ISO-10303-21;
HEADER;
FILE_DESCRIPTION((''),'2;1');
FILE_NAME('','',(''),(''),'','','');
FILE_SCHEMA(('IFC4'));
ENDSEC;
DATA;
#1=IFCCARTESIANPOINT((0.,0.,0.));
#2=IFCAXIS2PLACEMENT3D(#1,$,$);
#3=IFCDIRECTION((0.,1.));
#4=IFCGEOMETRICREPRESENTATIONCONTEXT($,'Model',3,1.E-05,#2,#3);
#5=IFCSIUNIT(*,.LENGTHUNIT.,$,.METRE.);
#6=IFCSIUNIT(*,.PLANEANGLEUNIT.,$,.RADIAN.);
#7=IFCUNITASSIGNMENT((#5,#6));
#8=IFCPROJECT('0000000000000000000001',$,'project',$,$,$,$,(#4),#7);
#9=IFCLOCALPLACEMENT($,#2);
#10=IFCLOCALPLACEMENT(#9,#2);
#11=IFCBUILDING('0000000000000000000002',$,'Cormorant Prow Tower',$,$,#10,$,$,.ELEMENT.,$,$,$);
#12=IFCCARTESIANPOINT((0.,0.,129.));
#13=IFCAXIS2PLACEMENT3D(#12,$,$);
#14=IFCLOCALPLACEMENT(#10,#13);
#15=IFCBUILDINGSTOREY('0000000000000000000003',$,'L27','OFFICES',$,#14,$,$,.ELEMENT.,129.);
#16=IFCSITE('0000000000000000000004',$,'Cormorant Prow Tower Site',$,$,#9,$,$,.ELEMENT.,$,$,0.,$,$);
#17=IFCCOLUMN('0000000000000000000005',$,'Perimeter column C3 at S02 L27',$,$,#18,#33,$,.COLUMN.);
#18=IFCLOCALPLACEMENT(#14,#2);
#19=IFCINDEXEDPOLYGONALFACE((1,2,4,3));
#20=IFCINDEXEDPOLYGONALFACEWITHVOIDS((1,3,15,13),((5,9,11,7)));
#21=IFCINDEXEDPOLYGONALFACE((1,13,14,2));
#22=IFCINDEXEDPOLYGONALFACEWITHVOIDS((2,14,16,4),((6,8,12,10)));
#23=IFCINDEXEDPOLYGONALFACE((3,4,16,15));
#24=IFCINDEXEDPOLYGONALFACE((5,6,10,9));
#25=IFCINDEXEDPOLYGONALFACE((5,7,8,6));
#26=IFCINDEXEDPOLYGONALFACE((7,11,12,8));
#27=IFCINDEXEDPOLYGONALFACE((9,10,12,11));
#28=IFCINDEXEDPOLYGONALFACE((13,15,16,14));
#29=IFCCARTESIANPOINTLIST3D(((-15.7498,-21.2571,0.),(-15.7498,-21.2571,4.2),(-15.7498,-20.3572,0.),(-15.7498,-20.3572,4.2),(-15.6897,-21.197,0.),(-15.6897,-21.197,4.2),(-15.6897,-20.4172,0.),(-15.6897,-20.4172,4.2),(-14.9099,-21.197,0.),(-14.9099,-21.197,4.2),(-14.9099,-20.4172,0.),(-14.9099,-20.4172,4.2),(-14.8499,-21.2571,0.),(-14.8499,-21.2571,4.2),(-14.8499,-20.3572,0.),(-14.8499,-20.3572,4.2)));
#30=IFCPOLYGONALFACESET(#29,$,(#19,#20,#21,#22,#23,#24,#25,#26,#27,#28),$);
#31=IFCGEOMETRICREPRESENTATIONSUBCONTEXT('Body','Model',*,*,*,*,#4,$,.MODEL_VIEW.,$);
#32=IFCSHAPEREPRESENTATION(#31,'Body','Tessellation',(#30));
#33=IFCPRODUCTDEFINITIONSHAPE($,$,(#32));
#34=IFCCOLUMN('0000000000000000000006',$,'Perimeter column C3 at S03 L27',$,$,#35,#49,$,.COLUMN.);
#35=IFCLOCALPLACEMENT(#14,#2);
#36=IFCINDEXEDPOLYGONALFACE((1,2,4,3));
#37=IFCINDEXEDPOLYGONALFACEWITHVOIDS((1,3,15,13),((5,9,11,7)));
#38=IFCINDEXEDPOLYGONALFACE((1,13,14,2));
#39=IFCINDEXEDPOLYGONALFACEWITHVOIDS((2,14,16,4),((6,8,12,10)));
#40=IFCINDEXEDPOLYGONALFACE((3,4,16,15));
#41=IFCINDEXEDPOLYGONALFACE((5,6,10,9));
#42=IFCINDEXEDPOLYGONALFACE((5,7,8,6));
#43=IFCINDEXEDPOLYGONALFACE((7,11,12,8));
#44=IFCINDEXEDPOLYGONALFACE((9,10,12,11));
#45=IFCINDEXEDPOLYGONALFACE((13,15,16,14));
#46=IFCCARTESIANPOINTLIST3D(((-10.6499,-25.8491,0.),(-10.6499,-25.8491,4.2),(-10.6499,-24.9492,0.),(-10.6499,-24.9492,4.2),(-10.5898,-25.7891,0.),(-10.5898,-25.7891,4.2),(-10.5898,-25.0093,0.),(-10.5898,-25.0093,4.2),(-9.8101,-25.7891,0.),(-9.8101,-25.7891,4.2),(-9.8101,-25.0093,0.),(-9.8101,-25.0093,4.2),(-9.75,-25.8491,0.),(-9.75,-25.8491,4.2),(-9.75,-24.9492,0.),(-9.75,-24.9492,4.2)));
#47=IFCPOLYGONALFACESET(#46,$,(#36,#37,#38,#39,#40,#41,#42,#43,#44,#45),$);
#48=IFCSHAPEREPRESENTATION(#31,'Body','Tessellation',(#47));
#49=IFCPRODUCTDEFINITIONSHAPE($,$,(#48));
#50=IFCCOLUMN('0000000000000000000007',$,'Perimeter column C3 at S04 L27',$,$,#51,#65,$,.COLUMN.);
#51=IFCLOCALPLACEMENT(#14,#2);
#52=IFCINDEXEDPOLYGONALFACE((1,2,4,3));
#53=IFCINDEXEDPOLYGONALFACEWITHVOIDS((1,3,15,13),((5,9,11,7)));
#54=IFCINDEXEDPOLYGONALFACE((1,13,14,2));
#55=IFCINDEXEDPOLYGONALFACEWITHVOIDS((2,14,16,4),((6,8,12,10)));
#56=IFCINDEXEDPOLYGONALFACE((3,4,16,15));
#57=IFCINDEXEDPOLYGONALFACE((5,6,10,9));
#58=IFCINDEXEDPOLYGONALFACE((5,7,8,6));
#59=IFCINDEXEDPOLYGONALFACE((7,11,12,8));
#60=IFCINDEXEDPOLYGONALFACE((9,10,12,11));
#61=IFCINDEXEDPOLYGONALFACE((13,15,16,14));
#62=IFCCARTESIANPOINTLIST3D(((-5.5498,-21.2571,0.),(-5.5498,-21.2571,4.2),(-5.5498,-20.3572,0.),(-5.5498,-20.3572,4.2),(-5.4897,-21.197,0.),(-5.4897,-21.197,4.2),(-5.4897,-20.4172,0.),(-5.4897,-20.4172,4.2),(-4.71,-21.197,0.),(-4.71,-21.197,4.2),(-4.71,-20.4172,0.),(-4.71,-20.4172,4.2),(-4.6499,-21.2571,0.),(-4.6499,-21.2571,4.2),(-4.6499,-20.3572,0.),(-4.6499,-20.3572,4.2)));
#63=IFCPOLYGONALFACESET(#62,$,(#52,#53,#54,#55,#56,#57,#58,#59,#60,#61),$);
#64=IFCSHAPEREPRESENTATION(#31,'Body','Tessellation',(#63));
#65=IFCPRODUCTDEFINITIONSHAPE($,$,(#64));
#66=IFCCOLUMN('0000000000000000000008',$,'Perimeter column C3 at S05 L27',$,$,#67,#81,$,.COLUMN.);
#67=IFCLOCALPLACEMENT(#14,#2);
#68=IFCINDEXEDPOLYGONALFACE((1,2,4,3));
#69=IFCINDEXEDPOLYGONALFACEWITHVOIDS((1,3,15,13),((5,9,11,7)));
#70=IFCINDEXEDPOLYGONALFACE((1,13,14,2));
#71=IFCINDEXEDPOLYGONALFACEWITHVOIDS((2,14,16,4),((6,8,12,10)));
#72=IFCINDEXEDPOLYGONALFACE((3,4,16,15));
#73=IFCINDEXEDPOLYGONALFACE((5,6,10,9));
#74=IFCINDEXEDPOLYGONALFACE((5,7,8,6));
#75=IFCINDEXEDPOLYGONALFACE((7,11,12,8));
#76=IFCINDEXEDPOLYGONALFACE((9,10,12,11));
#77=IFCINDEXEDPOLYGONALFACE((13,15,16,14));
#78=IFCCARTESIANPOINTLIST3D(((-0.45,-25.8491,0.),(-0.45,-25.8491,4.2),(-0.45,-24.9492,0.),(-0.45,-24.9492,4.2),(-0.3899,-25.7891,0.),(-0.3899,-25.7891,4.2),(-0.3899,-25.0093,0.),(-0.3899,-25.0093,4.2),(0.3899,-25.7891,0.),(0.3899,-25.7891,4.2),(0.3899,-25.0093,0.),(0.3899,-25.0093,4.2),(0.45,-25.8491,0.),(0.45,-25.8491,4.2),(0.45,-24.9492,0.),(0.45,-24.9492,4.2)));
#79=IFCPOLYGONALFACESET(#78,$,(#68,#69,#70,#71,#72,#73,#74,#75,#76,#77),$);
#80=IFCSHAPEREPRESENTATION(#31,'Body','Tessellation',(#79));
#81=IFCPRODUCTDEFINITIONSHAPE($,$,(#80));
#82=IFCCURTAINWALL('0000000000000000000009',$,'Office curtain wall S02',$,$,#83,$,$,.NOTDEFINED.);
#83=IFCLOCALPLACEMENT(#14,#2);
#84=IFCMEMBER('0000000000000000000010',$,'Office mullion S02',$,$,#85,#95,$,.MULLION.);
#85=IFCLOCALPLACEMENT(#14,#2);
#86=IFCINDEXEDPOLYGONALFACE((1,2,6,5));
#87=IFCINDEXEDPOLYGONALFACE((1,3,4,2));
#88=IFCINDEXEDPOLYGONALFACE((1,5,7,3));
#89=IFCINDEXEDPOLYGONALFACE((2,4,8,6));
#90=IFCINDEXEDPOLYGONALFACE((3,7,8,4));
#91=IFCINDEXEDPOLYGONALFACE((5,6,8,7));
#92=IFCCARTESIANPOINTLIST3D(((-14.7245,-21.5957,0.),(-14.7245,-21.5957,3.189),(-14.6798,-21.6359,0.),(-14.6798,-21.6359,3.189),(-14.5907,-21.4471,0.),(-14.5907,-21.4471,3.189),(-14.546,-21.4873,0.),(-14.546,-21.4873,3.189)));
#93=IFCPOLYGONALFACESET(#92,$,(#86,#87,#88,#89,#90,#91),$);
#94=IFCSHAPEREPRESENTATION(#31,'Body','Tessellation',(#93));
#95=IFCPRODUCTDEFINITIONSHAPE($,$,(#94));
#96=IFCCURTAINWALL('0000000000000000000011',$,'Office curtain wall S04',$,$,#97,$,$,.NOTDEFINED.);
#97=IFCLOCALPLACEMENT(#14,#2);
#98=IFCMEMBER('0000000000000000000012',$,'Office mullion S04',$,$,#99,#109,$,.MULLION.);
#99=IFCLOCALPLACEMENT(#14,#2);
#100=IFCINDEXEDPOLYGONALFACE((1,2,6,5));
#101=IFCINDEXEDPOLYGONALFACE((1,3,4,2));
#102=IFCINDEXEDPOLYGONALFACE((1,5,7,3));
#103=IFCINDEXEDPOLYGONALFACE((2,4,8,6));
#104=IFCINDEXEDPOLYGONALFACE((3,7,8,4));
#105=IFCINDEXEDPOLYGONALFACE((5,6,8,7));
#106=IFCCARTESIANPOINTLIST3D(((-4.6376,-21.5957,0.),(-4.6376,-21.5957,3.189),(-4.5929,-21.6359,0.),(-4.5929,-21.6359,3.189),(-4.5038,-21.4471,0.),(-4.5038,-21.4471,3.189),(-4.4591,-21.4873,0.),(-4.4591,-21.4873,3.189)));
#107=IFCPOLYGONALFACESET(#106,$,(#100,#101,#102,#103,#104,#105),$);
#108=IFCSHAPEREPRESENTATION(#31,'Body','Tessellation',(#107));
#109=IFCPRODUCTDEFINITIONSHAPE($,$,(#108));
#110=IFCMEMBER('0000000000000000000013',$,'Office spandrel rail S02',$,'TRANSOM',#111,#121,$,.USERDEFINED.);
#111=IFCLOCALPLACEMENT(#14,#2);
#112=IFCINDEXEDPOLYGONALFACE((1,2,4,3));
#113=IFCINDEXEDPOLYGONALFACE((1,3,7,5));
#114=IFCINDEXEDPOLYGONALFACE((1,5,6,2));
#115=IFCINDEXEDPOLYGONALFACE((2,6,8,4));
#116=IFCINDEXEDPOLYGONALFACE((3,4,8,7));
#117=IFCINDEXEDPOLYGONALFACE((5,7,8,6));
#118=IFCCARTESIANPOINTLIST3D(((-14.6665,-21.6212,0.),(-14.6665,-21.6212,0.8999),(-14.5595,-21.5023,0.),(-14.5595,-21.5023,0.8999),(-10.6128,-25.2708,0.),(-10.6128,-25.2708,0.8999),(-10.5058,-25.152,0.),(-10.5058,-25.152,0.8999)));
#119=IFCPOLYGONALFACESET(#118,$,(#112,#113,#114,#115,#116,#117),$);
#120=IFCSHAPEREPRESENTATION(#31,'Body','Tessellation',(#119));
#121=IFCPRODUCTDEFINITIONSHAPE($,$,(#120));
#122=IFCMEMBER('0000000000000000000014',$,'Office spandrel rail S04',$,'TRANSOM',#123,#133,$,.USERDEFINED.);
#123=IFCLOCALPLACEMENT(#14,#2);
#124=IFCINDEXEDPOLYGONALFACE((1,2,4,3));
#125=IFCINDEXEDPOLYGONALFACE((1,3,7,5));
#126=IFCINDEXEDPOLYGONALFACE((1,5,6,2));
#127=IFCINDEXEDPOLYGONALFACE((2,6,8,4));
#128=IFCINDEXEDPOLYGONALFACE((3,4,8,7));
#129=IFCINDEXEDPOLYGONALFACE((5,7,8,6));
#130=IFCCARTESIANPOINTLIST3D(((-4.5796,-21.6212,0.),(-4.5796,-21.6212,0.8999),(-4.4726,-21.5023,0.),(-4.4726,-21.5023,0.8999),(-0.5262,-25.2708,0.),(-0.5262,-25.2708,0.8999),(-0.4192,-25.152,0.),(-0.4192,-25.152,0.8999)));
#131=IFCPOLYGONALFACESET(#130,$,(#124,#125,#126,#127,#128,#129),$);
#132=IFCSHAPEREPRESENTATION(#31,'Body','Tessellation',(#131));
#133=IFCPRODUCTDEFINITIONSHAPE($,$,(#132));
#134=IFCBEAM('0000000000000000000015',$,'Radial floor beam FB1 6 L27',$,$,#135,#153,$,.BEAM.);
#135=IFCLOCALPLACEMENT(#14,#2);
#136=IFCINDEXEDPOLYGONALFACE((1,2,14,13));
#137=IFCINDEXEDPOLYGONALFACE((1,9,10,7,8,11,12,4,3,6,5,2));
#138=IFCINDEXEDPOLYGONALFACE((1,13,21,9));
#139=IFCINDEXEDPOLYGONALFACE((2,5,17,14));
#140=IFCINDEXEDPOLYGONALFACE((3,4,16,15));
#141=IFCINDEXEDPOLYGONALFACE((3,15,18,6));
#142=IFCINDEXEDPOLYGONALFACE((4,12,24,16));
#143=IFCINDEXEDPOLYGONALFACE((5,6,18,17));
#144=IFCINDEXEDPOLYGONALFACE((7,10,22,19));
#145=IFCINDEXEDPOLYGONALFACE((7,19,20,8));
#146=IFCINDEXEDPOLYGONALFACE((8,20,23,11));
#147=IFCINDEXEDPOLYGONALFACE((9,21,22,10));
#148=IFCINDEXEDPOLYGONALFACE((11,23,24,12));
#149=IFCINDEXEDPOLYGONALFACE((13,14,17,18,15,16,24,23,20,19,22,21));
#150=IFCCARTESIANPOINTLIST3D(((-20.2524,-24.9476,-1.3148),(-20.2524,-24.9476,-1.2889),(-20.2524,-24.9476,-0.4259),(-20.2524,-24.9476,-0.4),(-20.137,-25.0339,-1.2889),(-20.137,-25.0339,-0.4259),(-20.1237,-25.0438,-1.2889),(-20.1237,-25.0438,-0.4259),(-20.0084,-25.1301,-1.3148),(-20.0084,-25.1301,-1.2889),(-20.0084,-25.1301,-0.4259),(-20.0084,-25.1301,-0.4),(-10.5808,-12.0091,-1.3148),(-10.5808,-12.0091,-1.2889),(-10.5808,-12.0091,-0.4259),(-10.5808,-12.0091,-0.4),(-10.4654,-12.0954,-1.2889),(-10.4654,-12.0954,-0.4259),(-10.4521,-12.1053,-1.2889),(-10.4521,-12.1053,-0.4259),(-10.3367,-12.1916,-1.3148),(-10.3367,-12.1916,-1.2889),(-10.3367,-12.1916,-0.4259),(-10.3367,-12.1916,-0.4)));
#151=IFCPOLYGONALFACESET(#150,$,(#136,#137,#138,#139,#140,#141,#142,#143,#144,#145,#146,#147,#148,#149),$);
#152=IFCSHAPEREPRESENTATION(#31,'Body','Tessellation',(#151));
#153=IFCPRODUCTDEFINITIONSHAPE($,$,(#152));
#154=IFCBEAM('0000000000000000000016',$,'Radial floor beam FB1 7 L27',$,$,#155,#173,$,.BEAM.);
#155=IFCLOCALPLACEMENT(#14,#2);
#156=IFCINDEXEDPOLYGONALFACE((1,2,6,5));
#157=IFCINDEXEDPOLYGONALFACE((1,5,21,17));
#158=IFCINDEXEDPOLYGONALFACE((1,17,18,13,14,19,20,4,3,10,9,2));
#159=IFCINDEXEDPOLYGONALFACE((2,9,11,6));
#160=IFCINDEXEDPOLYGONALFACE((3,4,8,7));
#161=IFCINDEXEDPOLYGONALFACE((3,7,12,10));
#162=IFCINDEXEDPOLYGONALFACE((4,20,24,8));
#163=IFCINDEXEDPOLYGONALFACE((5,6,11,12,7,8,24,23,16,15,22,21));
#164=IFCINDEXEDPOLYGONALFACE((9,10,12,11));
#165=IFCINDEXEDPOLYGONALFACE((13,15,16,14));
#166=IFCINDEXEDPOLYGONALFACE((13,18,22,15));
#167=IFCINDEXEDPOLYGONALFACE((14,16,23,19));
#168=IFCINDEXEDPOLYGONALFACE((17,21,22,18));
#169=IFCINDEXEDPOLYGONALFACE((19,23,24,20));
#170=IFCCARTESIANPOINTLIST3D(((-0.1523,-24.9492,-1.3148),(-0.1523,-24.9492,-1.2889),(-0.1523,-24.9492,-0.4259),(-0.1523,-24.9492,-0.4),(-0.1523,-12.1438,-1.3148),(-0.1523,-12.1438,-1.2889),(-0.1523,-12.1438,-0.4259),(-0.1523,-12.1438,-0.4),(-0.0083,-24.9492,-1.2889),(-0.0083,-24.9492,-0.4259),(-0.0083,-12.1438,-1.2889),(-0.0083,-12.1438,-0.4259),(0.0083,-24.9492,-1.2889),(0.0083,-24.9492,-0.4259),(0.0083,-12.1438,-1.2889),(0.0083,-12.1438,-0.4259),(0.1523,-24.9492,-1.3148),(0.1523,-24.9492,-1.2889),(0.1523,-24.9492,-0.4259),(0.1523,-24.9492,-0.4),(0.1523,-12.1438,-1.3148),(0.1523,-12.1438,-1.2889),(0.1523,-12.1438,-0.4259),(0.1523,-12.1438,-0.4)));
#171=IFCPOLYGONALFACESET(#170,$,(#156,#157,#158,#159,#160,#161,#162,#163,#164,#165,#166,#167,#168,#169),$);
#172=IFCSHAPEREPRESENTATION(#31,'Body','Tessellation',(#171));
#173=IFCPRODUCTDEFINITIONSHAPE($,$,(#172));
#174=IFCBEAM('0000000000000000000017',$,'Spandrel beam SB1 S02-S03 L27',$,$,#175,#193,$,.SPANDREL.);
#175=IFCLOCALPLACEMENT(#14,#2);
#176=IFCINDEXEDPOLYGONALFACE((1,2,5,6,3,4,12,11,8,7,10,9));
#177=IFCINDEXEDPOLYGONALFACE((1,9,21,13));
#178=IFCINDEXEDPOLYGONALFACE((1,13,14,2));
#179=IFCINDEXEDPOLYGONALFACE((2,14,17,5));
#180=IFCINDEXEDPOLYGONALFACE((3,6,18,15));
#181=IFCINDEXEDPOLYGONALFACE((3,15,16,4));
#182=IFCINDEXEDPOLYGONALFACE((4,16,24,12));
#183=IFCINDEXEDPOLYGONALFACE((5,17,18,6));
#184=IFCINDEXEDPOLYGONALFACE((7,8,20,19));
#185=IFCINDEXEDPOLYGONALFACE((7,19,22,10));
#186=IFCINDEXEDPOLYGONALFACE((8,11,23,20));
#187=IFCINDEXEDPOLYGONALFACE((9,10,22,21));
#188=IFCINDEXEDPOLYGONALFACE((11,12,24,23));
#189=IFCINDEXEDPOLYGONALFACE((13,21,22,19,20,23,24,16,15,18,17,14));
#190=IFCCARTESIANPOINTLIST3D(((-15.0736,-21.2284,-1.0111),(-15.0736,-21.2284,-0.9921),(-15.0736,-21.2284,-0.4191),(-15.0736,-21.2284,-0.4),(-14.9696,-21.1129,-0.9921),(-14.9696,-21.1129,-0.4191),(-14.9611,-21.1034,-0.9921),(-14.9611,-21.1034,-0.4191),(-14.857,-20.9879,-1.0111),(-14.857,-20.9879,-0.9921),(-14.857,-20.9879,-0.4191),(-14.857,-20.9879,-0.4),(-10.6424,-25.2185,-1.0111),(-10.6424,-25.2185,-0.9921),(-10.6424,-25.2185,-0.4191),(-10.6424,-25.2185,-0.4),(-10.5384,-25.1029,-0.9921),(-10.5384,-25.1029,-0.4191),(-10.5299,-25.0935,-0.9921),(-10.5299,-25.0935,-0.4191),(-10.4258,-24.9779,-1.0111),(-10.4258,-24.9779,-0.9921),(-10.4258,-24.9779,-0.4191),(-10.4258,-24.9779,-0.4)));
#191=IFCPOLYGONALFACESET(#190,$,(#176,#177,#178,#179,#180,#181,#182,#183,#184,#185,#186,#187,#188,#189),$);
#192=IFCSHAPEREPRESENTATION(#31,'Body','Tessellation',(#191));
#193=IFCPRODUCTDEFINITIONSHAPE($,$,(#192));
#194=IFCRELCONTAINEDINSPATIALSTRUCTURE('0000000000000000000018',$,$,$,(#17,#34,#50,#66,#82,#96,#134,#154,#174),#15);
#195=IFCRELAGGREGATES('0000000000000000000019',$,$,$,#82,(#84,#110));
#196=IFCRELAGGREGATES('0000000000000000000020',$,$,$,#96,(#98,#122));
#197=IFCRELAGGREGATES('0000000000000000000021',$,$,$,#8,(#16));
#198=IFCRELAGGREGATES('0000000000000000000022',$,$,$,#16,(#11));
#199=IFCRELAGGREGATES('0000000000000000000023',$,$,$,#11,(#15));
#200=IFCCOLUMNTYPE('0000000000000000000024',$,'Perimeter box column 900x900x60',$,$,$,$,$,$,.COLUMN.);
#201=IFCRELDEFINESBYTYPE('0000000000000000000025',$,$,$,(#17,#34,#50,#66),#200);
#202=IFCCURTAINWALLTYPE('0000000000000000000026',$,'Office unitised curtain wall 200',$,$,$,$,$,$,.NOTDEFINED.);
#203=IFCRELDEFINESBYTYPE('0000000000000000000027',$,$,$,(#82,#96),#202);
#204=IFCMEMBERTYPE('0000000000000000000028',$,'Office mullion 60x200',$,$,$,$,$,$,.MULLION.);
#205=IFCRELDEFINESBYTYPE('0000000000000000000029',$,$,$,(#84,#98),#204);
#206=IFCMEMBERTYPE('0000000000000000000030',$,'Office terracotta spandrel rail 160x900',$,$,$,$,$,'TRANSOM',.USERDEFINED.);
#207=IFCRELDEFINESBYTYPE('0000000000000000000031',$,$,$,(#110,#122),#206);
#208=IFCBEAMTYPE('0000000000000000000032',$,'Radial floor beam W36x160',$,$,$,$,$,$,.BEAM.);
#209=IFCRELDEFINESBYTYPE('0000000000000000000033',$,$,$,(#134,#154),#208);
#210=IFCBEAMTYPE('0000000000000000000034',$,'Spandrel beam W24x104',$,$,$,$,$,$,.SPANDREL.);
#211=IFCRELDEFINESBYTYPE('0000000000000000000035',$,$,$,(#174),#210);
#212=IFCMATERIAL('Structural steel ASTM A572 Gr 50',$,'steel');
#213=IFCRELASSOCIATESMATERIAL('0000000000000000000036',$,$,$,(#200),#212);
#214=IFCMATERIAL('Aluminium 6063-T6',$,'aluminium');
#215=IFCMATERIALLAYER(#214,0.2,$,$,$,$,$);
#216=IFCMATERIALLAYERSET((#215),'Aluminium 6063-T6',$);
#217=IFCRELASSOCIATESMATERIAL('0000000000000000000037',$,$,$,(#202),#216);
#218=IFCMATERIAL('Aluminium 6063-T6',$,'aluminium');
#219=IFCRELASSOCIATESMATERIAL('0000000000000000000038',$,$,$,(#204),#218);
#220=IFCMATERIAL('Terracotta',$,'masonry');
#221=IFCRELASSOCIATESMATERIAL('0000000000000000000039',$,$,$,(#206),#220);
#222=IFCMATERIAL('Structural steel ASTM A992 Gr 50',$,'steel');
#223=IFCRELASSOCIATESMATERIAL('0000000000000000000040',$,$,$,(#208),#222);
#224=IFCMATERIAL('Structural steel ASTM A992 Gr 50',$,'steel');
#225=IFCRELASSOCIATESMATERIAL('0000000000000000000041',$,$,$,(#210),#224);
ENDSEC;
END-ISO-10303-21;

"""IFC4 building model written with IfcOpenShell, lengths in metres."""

from ifc_helpers import new_model, si_unit, direction, frame, origin, origin_2d, place, context, subcontext, project, spatial, rectangle, hollow_rectangle, i_section, extrude, material, layer, layer_set, material_profile, profile_set, type_object, element, aggregate, save


model = new_model("IFC4")

# Units and contexts
model_context = context("Model", 3, precision=1e-05, world=origin(), true_north=direction((0.0, 1.0)))
body_context = subcontext(model_context, "Body", "Model", "MODEL_VIEW")
ifc_project = project(units=[si_unit("LENGTHUNIT", "METRE"), si_unit("PLANEANGLEUNIT", "RADIAN")], contexts=[model_context])

# Site, building, storey
site_placement = place(None, origin())
site = spatial("IfcSite", under=ifc_project, at=site_placement, Name="Cormorant Prow Tower Site", CompositionType="ELEMENT", RefElevation=0.0)
building_placement = place(site_placement, origin())
building = spatial("IfcBuilding", under=site, at=building_placement, Name="Cormorant Prow Tower", CompositionType="ELEMENT")
storey_placement = place(building_placement, frame((0.0, 0.0, 129.0)))
storey = spatial("IfcBuildingStorey", under=building, at=storey_placement, Name="L27", Description="OFFICES", CompositionType="ELEMENT", Elevation=129.0)

# Columns
ifc_material_1 = material(Name="Structural steel ASTM A572 Gr 50", Category="steel")
ifc_material_profile_1 = material_profile(ifc_material_1, hollow_rectangle(XDim=0.8999, YDim=0.8999, WallThickness=0.0601, at=origin_2d()), Name="Box 900x900x60")
ifc_profile_set_1 = profile_set([ifc_material_profile_1], Name="Structural steel ASTM A572 Gr 50")
column_type = type_object("IfcColumnType", Name="Perimeter box column 900x900x60", PredefinedType="COLUMN", material=ifc_profile_set_1)
for number, where, z_axis, x_axis, name in (
    (1, (-15.2998, -20.8071, 0.0), (0.0, 0.0, 1.0), (1.0, 0.0, 0.0), "Perimeter column C3 at S02 L27"),
    (2, (-10.2, -25.3992, 0.0), (0.0, 0.0, 1.0), (1.0, 0.0, 0.0), "Perimeter column C3 at S03 L27"),
    (3, (-5.0999, -20.8071, 0.0), (0.0, 0.0, 1.0), (1.0, 0.0, 0.0), "Perimeter column C3 at S04 L27"),
    (4, (0.0, -25.3992, 0.0), (0.0, 0.0, 1.0), (1.0, 0.0, 0.0), "Perimeter column C3 at S05 L27"),
):
    element("IfcColumn", number, at=place(storey_placement, frame(where, z_axis=z_axis, x_axis=x_axis)), inside=storey, type_object=column_type, Name=name, PredefinedType="COLUMN", context=body_context, shape_type="SweptSolid", body=[
        extrude(hollow_rectangle(XDim=0.8999, YDim=0.8999, WallThickness=0.0601, at=origin_2d()), origin(), (0.0, 0.0, 1.0), 4.2),
    ])

# Curtain walls, members
ifc_material_2 = material(Name="Aluminium 6063-T6", Category="aluminium")
ifc_layer_1 = layer(ifc_material_2, 0.2)
ifc_layer_set_1 = layer_set([ifc_layer_1], Name="Aluminium 6063-T6")
curtain_wall_type = type_object("IfcCurtainWallType", Name="Office unitised curtain wall 200", PredefinedType="NOTDEFINED", material=ifc_layer_set_1)
curtain_wall_1_placement = place(storey_placement, origin())
curtain_wall_1 = element("IfcCurtainWall", 5, at=curtain_wall_1_placement, inside=storey, type_object=curtain_wall_type, Name="Office curtain wall S02", PredefinedType="NOTDEFINED")
ifc_material_3 = material(Name="Aluminium 6063-T6", Category="aluminium")
ifc_material_profile_2 = material_profile(ifc_material_3, rectangle(XDim=0.2, YDim=0.0601, at=origin_2d()), Name="Office mullion 60x200")
ifc_profile_set_2 = profile_set([ifc_material_profile_2], Name="Aluminium 6063-T6")
member_type_1 = type_object("IfcMemberType", Name="Office mullion 60x200", PredefinedType="MULLION", material=ifc_profile_set_2)
member_1_placement = place(storey_placement, frame((-14.6353, -21.5415, 0.0), z_axis=(0.0, 0.0, 1.0), x_axis=(0.669131, 0.743145, 0.0)))
member_1 = element("IfcMember", 6, at=member_1_placement, type_object=member_type_1, Name="Office mullion S02", PredefinedType="MULLION", context=body_context, shape_type="SweptSolid", body=[
    extrude(rectangle(XDim=0.2, YDim=0.0601, at=origin_2d()), origin(), (0.0, 0.0, 1.0), 3.189),
])
curtain_wall_2_placement = place(storey_placement, origin())
curtain_wall_2 = element("IfcCurtainWall", 7, at=curtain_wall_2_placement, inside=storey, type_object=curtain_wall_type, Name="Office curtain wall S04", PredefinedType="NOTDEFINED")
member_2_placement = place(storey_placement, frame((-4.5483, -21.5415, 0.0), z_axis=(0.0, 0.0, 1.0), x_axis=(0.669131, 0.743145, 0.0)))
member_2 = element("IfcMember", 8, at=member_2_placement, type_object=member_type_1, Name="Office mullion S04", PredefinedType="MULLION", context=body_context, shape_type="SweptSolid", body=[
    extrude(rectangle(XDim=0.2, YDim=0.0601, at=origin_2d()), origin(), (0.0, 0.0, 1.0), 3.189),
])

# Members
ifc_material_4 = material(Name="Terracotta", Category="masonry")
ifc_material_profile_3 = material_profile(ifc_material_4, rectangle(XDim=0.1599, YDim=0.8999, at=origin_2d()), Name="Office terracotta spandrel rail 160x900")
ifc_profile_set_3 = profile_set([ifc_material_profile_3], Name="Terracotta")
member_type_2 = type_object("IfcMemberType", Name="Office terracotta spandrel rail 160x900", ElementType="TRANSOM", PredefinedType="USERDEFINED", material=ifc_profile_set_3)
member_3_placement = place(storey_placement, frame((-14.613, -21.5618, 0.45), z_axis=(0.743174, -0.669098, 0.0), x_axis=(0.669098, 0.743174, 0.0)))
member_3 = element("IfcMember", 9, at=member_3_placement, type_object=member_type_2, Name="Office spandrel rail S02", ObjectType="TRANSOM", PredefinedType="USERDEFINED", context=body_context, shape_type="SweptSolid", body=[
    extrude(rectangle(XDim=0.1599, YDim=0.8999, at=origin_2d()), origin(), (0.0, 0.0, 1.0), 5.4546),
])
member_4_placement = place(storey_placement, frame((-4.5261, -21.5618, 0.45), z_axis=(0.743154, -0.669121, 0.0), x_axis=(0.669121, 0.743154, 0.0)))
member_4 = element("IfcMember", 10, at=member_4_placement, type_object=member_type_2, Name="Office spandrel rail S04", ObjectType="TRANSOM", PredefinedType="USERDEFINED", context=body_context, shape_type="SweptSolid", body=[
    extrude(rectangle(XDim=0.1599, YDim=0.8999, at=origin_2d()), origin(), (0.0, 0.0, 1.0), 5.4543),
])

# Beams
ifc_material_5 = material(Name="Structural steel ASTM A992 Gr 50", Category="steel")
ifc_material_profile_4 = material_profile(ifc_material_5, i_section(OverallWidth=0.3047, OverallDepth=0.9148, WebThickness=0.0166, FlangeThickness=0.0259, at=origin_2d()), Name="W36x160")
ifc_profile_set_4 = profile_set([ifc_material_profile_4], Name="Structural steel ASTM A992 Gr 50")
beam_type_1 = type_object("IfcBeamType", Name="Radial floor beam W36x160", PredefinedType="BEAM", material=ifc_profile_set_4)
beam_1_placement = place(storey_placement, frame((-10.4587, -12.1003, -0.8574), z_axis=(-0.598722, -0.800957, 0.0), x_axis=(0.800957, -0.598722, 0.0)))
element("IfcBeam", 11, at=beam_1_placement, inside=storey, type_object=beam_type_1, Name="Radial floor beam FB1 6 L27", PredefinedType="BEAM", context=body_context, shape_type="SweptSolid", body=[
    extrude(i_section(OverallWidth=0.3047, OverallDepth=0.9148, WebThickness=0.0166, FlangeThickness=0.0259, at=origin_2d()), origin(), (0.0, 0.0, 1.0), 16.1538),
])
beam_2_placement = place(storey_placement, frame((0.0, -12.1438, -0.8574), z_axis=(0.0, -1.0, 0.0), x_axis=(1.0, 0.0, 0.0)))
element("IfcBeam", 12, at=beam_2_placement, inside=storey, type_object=beam_type_1, Name="Radial floor beam FB1 7 L27", PredefinedType="BEAM", context=body_context, shape_type="SweptSolid", body=[
    extrude(i_section(OverallWidth=0.3047, OverallDepth=0.9148, WebThickness=0.0166, FlangeThickness=0.0259, at=origin_2d()), origin(), (0.0, 0.0, 1.0), 12.8054),
])
ifc_material_6 = material(Name="Structural steel ASTM A992 Gr 50", Category="steel")
ifc_material_profile_5 = material_profile(ifc_material_6, i_section(OverallWidth=0.3237, OverallDepth=0.6111, WebThickness=0.0127, FlangeThickness=0.019, at=origin_2d()), Name="W24x104")
ifc_profile_set_5 = profile_set([ifc_material_profile_5], Name="Structural steel ASTM A992 Gr 50")
beam_type_2 = type_object("IfcBeamType", Name="Spandrel beam W24x104", PredefinedType="SPANDREL", material=ifc_profile_set_5)
for number, where, z_axis, x_axis, name in (
    (13, (-14.9653, -21.1082, -0.7056), (0.743131, -0.669146, 0.0), (0.669146, 0.743131, 0.0), "Spandrel beam SB1 S02-S03 L27"),
):
    element("IfcBeam", number, at=place(storey_placement, frame(where, z_axis=z_axis, x_axis=x_axis)), inside=storey, type_object=beam_type_2, Name=name, PredefinedType="SPANDREL", context=body_context, shape_type="SweptSolid", body=[
        extrude(i_section(OverallWidth=0.3237, OverallDepth=0.6111, WebThickness=0.0127, FlangeThickness=0.019, at=origin_2d()), origin(), (0.0, 0.0, 1.0), 5.9629),
    ])

aggregate(curtain_wall_1, [member_1, member_3])
aggregate(curtain_wall_2, [member_2, member_4])

save(model, "model.ifc")
